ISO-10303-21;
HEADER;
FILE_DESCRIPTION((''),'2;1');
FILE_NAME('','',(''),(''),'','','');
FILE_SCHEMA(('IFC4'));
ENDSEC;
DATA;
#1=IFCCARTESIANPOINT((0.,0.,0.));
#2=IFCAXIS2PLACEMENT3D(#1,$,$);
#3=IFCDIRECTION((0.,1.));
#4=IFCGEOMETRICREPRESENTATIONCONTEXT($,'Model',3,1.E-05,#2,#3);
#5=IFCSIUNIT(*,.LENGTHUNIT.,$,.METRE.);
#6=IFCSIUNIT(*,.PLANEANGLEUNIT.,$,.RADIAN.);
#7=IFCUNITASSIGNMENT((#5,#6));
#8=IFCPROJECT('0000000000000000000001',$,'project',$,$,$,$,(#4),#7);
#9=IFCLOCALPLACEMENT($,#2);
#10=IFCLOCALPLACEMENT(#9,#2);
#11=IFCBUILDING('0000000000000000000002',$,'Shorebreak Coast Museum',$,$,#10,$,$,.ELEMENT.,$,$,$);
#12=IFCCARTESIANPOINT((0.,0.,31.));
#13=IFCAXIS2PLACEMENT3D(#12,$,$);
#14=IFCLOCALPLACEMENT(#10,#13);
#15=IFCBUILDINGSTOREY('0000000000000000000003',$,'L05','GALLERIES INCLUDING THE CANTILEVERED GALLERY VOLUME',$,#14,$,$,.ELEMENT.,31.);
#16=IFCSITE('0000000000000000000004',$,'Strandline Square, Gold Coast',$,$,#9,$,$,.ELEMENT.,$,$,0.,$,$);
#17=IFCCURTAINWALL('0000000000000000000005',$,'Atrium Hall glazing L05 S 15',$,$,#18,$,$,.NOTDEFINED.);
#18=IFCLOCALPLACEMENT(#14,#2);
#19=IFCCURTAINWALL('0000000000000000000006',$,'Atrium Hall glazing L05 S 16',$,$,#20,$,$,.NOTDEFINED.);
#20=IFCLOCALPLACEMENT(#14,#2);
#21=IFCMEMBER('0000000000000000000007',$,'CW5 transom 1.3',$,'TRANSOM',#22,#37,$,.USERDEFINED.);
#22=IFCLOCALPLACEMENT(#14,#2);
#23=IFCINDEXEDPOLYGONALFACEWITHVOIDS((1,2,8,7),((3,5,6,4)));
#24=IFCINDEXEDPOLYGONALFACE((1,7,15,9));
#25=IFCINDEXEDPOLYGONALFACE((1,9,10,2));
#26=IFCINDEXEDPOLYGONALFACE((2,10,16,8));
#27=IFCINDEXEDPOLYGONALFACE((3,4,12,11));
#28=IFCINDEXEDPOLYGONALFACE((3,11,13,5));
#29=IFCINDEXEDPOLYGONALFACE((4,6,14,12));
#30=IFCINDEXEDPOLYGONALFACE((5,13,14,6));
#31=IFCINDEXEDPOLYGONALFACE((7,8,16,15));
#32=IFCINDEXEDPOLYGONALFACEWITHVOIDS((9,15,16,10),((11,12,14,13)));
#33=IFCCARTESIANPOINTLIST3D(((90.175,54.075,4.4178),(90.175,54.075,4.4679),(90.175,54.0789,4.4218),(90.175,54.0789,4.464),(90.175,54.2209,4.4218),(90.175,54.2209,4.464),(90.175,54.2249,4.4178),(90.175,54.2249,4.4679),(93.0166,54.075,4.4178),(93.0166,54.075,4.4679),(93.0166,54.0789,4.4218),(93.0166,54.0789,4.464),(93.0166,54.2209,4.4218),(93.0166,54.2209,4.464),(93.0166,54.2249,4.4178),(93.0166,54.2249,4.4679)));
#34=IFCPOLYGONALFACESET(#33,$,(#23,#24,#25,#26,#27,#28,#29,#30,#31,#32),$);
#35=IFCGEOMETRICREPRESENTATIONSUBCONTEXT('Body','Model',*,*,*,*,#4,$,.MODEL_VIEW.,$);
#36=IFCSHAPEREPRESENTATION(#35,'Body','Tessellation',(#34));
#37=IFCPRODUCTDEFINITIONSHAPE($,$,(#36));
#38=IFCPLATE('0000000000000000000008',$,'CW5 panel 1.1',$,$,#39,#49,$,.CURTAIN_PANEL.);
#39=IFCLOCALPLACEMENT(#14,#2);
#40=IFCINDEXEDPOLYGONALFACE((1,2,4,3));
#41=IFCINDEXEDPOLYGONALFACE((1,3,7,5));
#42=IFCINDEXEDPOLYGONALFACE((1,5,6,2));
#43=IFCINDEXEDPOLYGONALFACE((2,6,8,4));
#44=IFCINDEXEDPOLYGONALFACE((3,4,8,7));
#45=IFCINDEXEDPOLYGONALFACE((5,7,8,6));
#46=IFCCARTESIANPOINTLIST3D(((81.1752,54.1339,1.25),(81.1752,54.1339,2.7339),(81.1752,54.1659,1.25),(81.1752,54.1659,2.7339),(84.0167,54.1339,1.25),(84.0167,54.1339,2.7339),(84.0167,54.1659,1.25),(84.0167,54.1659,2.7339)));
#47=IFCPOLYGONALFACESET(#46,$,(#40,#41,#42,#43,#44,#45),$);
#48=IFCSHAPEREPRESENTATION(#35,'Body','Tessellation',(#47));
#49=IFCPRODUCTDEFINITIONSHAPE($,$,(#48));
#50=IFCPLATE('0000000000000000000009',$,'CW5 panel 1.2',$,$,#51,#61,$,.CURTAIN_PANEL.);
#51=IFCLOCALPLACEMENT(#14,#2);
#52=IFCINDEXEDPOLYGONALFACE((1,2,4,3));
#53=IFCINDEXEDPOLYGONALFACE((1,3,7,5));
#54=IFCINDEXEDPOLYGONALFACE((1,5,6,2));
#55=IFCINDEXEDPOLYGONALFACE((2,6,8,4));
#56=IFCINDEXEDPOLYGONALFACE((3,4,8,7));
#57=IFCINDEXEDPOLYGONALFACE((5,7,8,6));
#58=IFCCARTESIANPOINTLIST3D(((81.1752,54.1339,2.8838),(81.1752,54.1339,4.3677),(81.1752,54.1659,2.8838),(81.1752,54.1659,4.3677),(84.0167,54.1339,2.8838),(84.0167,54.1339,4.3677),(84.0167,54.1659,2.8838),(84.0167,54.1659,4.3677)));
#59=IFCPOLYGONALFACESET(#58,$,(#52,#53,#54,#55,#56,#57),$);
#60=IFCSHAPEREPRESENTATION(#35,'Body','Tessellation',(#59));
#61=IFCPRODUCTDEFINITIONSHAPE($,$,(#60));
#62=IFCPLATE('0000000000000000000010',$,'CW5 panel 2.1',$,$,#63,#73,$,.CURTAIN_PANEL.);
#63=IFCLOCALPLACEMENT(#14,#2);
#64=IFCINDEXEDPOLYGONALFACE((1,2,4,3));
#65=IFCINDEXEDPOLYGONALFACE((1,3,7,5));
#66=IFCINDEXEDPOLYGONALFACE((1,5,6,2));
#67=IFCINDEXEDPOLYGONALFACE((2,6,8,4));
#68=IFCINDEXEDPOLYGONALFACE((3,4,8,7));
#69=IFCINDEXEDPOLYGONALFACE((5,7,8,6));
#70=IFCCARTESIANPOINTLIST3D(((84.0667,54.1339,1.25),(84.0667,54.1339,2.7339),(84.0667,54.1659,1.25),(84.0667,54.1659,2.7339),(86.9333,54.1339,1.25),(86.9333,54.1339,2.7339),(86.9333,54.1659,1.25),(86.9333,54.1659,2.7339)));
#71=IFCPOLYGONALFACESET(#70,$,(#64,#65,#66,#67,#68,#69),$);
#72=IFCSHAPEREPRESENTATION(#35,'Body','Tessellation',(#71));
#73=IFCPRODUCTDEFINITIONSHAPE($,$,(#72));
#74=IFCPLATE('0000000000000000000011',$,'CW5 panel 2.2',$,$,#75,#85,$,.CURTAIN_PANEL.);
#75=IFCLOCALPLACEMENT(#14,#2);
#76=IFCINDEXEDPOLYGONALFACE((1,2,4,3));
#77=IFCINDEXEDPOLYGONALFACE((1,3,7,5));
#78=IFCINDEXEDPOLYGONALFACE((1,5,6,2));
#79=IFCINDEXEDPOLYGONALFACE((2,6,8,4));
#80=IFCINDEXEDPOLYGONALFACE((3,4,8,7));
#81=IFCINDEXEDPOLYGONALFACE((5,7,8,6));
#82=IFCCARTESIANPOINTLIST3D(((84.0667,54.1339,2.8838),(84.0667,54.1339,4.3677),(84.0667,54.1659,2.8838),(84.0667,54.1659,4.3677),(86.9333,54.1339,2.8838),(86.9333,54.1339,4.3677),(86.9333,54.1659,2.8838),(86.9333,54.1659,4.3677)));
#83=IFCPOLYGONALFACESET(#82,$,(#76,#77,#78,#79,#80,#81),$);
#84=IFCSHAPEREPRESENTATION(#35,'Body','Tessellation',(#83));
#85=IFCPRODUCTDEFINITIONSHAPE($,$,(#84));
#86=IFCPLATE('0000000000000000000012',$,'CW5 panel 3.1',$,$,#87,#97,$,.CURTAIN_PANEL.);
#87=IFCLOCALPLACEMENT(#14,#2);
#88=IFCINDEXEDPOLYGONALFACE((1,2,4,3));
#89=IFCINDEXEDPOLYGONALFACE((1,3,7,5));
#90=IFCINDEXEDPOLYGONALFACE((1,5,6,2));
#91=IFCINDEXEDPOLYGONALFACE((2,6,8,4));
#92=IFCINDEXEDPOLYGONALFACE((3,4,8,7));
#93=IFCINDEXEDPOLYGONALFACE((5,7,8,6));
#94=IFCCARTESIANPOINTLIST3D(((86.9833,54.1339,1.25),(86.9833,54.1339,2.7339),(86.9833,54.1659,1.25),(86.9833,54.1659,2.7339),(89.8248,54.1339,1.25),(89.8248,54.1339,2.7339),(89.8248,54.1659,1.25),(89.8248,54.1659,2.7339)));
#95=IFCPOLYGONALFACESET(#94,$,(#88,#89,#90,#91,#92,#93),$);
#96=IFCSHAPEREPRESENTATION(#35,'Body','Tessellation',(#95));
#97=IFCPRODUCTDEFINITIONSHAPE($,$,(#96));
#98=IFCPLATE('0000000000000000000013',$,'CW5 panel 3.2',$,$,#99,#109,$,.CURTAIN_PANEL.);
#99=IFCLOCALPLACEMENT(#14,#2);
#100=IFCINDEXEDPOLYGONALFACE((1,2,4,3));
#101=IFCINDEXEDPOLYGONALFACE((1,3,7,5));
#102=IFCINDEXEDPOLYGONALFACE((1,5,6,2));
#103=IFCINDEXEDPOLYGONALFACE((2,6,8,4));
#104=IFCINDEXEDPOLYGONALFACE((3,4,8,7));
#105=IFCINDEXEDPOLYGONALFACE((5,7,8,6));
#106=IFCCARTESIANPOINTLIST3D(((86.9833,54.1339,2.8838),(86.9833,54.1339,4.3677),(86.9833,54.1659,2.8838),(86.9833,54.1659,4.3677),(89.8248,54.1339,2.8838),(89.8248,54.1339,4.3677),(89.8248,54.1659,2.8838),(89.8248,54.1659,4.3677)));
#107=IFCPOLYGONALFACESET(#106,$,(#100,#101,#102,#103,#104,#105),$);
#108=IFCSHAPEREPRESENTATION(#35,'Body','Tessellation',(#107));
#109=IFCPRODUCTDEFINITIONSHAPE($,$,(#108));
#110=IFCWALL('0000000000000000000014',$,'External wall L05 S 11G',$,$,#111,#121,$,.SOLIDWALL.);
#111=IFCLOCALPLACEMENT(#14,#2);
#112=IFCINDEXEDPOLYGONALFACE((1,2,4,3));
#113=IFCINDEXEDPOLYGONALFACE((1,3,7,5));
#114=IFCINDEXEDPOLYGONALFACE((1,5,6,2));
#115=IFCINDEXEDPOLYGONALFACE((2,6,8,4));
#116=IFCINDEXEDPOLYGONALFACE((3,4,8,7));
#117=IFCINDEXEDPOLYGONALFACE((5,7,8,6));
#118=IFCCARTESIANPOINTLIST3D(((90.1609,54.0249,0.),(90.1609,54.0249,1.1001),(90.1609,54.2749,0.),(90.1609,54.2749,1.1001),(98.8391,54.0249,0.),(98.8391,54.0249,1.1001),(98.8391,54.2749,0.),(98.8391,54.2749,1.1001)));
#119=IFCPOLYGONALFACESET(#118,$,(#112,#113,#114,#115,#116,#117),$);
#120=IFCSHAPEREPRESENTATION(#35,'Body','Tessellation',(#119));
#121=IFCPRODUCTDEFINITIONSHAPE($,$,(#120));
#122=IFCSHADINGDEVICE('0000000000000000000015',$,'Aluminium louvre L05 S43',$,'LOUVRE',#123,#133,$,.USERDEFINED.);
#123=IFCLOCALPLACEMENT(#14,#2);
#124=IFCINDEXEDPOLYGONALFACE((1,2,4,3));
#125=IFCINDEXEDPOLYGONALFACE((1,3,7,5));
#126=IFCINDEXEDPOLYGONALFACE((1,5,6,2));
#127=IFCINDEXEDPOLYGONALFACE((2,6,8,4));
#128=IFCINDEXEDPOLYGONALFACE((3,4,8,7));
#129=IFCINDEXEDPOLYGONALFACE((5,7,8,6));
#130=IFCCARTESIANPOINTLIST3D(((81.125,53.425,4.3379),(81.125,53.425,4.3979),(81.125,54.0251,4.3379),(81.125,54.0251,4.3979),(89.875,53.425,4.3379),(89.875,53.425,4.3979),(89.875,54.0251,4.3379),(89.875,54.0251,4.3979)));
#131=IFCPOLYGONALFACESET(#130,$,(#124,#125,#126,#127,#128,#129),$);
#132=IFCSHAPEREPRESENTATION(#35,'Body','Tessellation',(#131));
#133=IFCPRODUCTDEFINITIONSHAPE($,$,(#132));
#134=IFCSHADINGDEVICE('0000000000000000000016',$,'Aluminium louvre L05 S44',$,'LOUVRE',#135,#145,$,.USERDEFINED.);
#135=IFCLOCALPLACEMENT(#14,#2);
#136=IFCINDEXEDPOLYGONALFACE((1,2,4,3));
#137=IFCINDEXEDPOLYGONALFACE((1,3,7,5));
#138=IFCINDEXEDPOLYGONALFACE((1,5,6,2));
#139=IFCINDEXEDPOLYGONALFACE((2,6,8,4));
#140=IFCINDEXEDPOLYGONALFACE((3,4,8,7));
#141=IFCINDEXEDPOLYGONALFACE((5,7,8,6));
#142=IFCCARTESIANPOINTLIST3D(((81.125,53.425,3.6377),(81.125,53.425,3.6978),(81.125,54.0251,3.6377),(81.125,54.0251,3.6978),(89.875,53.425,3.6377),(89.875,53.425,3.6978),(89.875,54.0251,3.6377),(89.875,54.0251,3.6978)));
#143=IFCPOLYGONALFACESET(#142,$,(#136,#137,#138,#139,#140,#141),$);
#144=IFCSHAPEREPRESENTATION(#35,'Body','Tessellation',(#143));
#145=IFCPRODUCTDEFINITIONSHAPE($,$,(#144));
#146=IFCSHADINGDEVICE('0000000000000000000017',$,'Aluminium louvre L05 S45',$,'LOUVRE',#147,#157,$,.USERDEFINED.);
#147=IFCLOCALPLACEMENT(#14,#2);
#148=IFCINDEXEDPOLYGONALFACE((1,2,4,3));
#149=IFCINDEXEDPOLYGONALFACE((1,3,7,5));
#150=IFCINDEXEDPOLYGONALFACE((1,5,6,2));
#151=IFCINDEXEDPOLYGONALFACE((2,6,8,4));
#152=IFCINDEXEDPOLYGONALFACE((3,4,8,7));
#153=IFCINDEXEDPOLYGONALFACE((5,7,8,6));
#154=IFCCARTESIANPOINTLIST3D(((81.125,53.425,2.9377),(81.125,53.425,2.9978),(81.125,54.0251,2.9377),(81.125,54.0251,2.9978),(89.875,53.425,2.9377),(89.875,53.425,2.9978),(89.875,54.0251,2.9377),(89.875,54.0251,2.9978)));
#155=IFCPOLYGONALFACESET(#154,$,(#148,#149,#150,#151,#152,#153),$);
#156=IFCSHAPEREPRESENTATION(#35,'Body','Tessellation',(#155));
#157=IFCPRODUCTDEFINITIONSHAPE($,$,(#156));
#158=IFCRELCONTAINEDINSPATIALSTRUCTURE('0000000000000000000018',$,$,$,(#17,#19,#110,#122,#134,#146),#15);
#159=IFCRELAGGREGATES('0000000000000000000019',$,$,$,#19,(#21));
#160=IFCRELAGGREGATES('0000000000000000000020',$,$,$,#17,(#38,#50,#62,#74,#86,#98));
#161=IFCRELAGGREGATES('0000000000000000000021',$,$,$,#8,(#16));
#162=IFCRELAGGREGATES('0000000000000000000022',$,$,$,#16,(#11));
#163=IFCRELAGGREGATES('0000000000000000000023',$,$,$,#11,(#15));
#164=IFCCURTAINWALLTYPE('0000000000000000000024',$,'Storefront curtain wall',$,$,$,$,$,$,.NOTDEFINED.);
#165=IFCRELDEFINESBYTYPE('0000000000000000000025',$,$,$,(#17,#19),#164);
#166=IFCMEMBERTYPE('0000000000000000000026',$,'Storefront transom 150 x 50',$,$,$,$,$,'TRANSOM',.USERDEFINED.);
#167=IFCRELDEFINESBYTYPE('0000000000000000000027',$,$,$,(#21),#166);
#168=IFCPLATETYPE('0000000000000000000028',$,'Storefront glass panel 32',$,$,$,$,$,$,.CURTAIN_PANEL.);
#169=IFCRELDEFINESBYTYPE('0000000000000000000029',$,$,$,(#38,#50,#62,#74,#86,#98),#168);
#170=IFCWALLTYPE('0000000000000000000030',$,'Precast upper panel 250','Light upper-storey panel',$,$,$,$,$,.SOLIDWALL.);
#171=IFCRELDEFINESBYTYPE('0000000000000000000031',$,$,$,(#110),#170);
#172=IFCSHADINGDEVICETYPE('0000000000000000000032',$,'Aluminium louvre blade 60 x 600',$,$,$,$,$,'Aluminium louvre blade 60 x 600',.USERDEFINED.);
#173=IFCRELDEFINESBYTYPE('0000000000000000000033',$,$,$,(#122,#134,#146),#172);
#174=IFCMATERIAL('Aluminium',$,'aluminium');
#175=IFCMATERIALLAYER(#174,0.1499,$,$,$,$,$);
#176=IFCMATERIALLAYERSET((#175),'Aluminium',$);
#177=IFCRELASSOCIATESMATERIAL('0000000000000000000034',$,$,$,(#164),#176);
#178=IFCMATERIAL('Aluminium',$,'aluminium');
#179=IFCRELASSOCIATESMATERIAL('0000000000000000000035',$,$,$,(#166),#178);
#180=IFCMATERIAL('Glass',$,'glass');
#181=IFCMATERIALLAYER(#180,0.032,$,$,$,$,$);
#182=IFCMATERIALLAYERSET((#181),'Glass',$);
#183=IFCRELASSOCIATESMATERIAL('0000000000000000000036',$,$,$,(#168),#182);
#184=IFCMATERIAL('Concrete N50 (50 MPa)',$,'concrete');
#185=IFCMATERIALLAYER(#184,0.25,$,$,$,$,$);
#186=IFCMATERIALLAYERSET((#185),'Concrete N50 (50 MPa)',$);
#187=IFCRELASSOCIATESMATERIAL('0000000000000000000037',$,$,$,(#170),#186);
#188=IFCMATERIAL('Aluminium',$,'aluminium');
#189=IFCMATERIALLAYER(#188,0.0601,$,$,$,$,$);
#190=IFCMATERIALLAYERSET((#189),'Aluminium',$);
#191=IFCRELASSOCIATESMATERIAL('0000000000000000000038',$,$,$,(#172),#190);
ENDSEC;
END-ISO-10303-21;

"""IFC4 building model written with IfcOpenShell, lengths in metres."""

from ifc_helpers import new_model, si_unit, direction, frame, frame_2d, origin, origin_2d, place, context, subcontext, project, spatial, rectangle, hollow_rectangle, extrude, material, layer, layer_set, material_profile, profile_set, type_object, element, aggregate, save


model = new_model("IFC4")

# Units and contexts
model_context = context("Model", 3, precision=1e-05, world=origin(), true_north=direction((0.0, 1.0)))
body_context = subcontext(model_context, "Body", "Model", "MODEL_VIEW")
ifc_project = project(units=[si_unit("LENGTHUNIT", "METRE"), si_unit("PLANEANGLEUNIT", "RADIAN")], contexts=[model_context])

# Site, building, storey
site_placement = place(None, origin())
site = spatial("IfcSite", under=ifc_project, at=site_placement, Name="Strandline Square, Gold Coast", CompositionType="ELEMENT", RefElevation=0.0)
building_placement = place(site_placement, origin())
building = spatial("IfcBuilding", under=site, at=building_placement, Name="Shorebreak Coast Museum", CompositionType="ELEMENT")
storey_placement = place(building_placement, frame((0.0, 0.0, 31.0)))
storey = spatial("IfcBuildingStorey", under=building, at=storey_placement, Name="L05", Description="GALLERIES INCLUDING THE CANTILEVERED GALLERY VOLUME", CompositionType="ELEMENT", Elevation=31.0)

# Curtain wall
ifc_material_1 = material(Name="Aluminium", Category="aluminium")
ifc_layer_1 = layer(ifc_material_1, 0.1499)
ifc_layer_set_1 = layer_set([ifc_layer_1], Name="Aluminium")
curtain_wall_type = type_object("IfcCurtainWallType", Name="Storefront curtain wall", PredefinedType="NOTDEFINED", material=ifc_layer_set_1)
curtain_wall_1_placement = place(storey_placement, origin())
curtain_wall_1 = element("IfcCurtainWall", 1, at=curtain_wall_1_placement, inside=storey, type_object=curtain_wall_type, Name="Atrium Hall glazing L05 S 15", PredefinedType="NOTDEFINED")

# Curtain wall
curtain_wall_2_placement = place(storey_placement, origin())
curtain_wall_2 = element("IfcCurtainWall", 2, at=curtain_wall_2_placement, inside=storey, type_object=curtain_wall_type, Name="Atrium Hall glazing L05 S 16", PredefinedType="NOTDEFINED")

# Member
ifc_material_2 = material(Name="Aluminium", Category="aluminium")
ifc_material_profile_1 = material_profile(ifc_material_2, hollow_rectangle(XDim=0.1499, YDim=0.05, WallThickness=0.0039, at=origin_2d()), Name="AL 50x150 RHS")
ifc_profile_set_1 = profile_set([ifc_material_profile_1], Name="Aluminium")
member_type_1 = type_object("IfcMemberType", Name="Storefront transom 150 x 50", ElementType="TRANSOM", PredefinedType="USERDEFINED", material=ifc_profile_set_1)
member_1_placement = place(storey_placement, frame((90.175, 54.1499, 4.4429), z_axis=(1.0, 0.0, 0.0), x_axis=(0.0, 1.0, 0.0)))
member_1 = element("IfcMember", 3, at=member_1_placement, type_object=member_type_1, Name="CW5 transom 1.3", ObjectType="TRANSOM", PredefinedType="USERDEFINED", context=body_context, shape_type="SweptSolid", body=[
    extrude(hollow_rectangle(XDim=0.1499, YDim=0.05, WallThickness=0.0039, at=origin_2d()), origin(), (0.0, 0.0, 1.0), 2.8416),
])
aggregate(curtain_wall_2, [member_1])

# Plates
ifc_material_3 = material(Name="Glass", Category="glass")
ifc_layer_2 = layer(ifc_material_3, 0.032)
ifc_layer_set_2 = layer_set([ifc_layer_2], Name="Glass")
plate_type = type_object("IfcPlateType", Name="Storefront glass panel 32", PredefinedType="CURTAIN_PANEL", material=ifc_layer_set_2)
plate_1_placement = place(storey_placement, frame((82.5959, 54.1499, 1.25), z_axis=(0.0, 0.0, 1.0), x_axis=(1.0, 0.0, 0.0)))
plate_1 = element("IfcPlate", 4, at=plate_1_placement, type_object=plate_type, Name="CW5 panel 1.1", PredefinedType="CURTAIN_PANEL", context=body_context, shape_type="SweptSolid", body=[
    extrude(rectangle(XDim=2.8416, YDim=0.032, at=origin_2d()), origin(), (0.0, 0.0, 1.0), 1.4839),
])
plate_2_placement = place(storey_placement, frame((82.5959, 54.1499, 2.8838), z_axis=(0.0, 0.0, 1.0), x_axis=(1.0, 0.0, 0.0)))
plate_2 = element("IfcPlate", 5, at=plate_2_placement, type_object=plate_type, Name="CW5 panel 1.2", PredefinedType="CURTAIN_PANEL", context=body_context, shape_type="SweptSolid", body=[
    extrude(rectangle(XDim=2.8416, YDim=0.032, at=origin_2d()), origin(), (0.0, 0.0, 1.0), 1.4839),
])
plate_3_placement = place(storey_placement, frame((85.5, 54.1499, 1.25), z_axis=(0.0, 0.0, 1.0), x_axis=(1.0, 0.0, 0.0)))
plate_3 = element("IfcPlate", 6, at=plate_3_placement, type_object=plate_type, Name="CW5 panel 2.1", PredefinedType="CURTAIN_PANEL", context=body_context, shape_type="SweptSolid", body=[
    extrude(rectangle(XDim=2.8667, YDim=0.032, at=origin_2d()), origin(), (0.0, 0.0, 1.0), 1.4839),
])
plate_4_placement = place(storey_placement, frame((85.5, 54.1499, 2.8838), z_axis=(0.0, 0.0, 1.0), x_axis=(1.0, 0.0, 0.0)))
plate_4 = element("IfcPlate", 7, at=plate_4_placement, type_object=plate_type, Name="CW5 panel 2.2", PredefinedType="CURTAIN_PANEL", context=body_context, shape_type="SweptSolid", body=[
    extrude(rectangle(XDim=2.8667, YDim=0.032, at=origin_2d()), origin(), (0.0, 0.0, 1.0), 1.4839),
])
plate_5_placement = place(storey_placement, frame((88.4041, 54.1499, 1.25), z_axis=(0.0, 0.0, 1.0), x_axis=(1.0, 0.0, 0.0)))
plate_5 = element("IfcPlate", 8, at=plate_5_placement, type_object=plate_type, Name="CW5 panel 3.1", PredefinedType="CURTAIN_PANEL", context=body_context, shape_type="SweptSolid", body=[
    extrude(rectangle(XDim=2.8416, YDim=0.032, at=origin_2d()), origin(), (0.0, 0.0, 1.0), 1.4839),
])
plate_6_placement = place(storey_placement, frame((88.4041, 54.1499, 2.8838), z_axis=(0.0, 0.0, 1.0), x_axis=(1.0, 0.0, 0.0)))
plate_6 = element("IfcPlate", 9, at=plate_6_placement, type_object=plate_type, Name="CW5 panel 3.2", PredefinedType="CURTAIN_PANEL", context=body_context, shape_type="SweptSolid", body=[
    extrude(rectangle(XDim=2.8416, YDim=0.032, at=origin_2d()), origin(), (0.0, 0.0, 1.0), 1.4839),
])
aggregate(curtain_wall_1, [plate_1, plate_2, plate_3, plate_4, plate_5, plate_6])

# Wall
ifc_material_4 = material(Name="Concrete N50 (50 MPa)", Category="concrete")
ifc_layer_3 = layer(ifc_material_4, 0.25)
ifc_layer_set_3 = layer_set([ifc_layer_3], Name="Concrete N50 (50 MPa)")
wall_type = type_object("IfcWallType", Name="Precast upper panel 250", Description="Light upper-storey panel", PredefinedType="SOLIDWALL", material=ifc_layer_set_3)
wall_placement = place(storey_placement, frame((90.1609, 54.1499, 0.0), z_axis=(0.0, 0.0, 1.0), x_axis=(1.0, 0.0, 0.0)))
element("IfcWall", 10, at=wall_placement, inside=storey, type_object=wall_type, Name="External wall L05 S 11G", PredefinedType="SOLIDWALL", context=body_context, shape_type="SweptSolid", body=[
    extrude(rectangle(XDim=8.6782, YDim=0.25, at=frame_2d((4.3391, 0.0))), origin(), (0.0, 0.0, 1.0), 1.1001),
])

# Shading devices
ifc_material_5 = material(Name="Aluminium", Category="aluminium")
ifc_layer_4 = layer(ifc_material_5, 0.0601)
ifc_layer_set_4 = layer_set([ifc_layer_4], Name="Aluminium")
shading_device_type = type_object("IfcShadingDeviceType", Name="Aluminium louvre blade 60 x 600", ElementType="Aluminium louvre blade 60 x 600", PredefinedType="USERDEFINED", material=ifc_layer_set_4)
for number, where, z_axis, x_axis, name in (
    (11, (85.5, 53.7251, 4.3379), (0.0, 0.0, 1.0), (1.0, 0.0, 0.0), "Aluminium louvre L05 S43"),
    (12, (85.5, 53.7251, 3.6377), (0.0, 0.0, 1.0), (1.0, 0.0, 0.0), "Aluminium louvre L05 S44"),
    (13, (85.5, 53.7251, 2.9377), (0.0, 0.0, 1.0), (1.0, 0.0, 0.0), "Aluminium louvre L05 S45"),
):
    element("IfcShadingDevice", number, at=place(storey_placement, frame(where, z_axis=z_axis, x_axis=x_axis)), inside=storey, type_object=shading_device_type, Name=name, ObjectType="LOUVRE", PredefinedType="USERDEFINED", context=body_context, shape_type="SweptSolid", body=[
        extrude(rectangle(XDim=8.75, YDim=0.6001, at=origin_2d()), origin(), (0.0, 0.0, 1.0), 0.0601),
    ])

save(model, "model.ifc")
